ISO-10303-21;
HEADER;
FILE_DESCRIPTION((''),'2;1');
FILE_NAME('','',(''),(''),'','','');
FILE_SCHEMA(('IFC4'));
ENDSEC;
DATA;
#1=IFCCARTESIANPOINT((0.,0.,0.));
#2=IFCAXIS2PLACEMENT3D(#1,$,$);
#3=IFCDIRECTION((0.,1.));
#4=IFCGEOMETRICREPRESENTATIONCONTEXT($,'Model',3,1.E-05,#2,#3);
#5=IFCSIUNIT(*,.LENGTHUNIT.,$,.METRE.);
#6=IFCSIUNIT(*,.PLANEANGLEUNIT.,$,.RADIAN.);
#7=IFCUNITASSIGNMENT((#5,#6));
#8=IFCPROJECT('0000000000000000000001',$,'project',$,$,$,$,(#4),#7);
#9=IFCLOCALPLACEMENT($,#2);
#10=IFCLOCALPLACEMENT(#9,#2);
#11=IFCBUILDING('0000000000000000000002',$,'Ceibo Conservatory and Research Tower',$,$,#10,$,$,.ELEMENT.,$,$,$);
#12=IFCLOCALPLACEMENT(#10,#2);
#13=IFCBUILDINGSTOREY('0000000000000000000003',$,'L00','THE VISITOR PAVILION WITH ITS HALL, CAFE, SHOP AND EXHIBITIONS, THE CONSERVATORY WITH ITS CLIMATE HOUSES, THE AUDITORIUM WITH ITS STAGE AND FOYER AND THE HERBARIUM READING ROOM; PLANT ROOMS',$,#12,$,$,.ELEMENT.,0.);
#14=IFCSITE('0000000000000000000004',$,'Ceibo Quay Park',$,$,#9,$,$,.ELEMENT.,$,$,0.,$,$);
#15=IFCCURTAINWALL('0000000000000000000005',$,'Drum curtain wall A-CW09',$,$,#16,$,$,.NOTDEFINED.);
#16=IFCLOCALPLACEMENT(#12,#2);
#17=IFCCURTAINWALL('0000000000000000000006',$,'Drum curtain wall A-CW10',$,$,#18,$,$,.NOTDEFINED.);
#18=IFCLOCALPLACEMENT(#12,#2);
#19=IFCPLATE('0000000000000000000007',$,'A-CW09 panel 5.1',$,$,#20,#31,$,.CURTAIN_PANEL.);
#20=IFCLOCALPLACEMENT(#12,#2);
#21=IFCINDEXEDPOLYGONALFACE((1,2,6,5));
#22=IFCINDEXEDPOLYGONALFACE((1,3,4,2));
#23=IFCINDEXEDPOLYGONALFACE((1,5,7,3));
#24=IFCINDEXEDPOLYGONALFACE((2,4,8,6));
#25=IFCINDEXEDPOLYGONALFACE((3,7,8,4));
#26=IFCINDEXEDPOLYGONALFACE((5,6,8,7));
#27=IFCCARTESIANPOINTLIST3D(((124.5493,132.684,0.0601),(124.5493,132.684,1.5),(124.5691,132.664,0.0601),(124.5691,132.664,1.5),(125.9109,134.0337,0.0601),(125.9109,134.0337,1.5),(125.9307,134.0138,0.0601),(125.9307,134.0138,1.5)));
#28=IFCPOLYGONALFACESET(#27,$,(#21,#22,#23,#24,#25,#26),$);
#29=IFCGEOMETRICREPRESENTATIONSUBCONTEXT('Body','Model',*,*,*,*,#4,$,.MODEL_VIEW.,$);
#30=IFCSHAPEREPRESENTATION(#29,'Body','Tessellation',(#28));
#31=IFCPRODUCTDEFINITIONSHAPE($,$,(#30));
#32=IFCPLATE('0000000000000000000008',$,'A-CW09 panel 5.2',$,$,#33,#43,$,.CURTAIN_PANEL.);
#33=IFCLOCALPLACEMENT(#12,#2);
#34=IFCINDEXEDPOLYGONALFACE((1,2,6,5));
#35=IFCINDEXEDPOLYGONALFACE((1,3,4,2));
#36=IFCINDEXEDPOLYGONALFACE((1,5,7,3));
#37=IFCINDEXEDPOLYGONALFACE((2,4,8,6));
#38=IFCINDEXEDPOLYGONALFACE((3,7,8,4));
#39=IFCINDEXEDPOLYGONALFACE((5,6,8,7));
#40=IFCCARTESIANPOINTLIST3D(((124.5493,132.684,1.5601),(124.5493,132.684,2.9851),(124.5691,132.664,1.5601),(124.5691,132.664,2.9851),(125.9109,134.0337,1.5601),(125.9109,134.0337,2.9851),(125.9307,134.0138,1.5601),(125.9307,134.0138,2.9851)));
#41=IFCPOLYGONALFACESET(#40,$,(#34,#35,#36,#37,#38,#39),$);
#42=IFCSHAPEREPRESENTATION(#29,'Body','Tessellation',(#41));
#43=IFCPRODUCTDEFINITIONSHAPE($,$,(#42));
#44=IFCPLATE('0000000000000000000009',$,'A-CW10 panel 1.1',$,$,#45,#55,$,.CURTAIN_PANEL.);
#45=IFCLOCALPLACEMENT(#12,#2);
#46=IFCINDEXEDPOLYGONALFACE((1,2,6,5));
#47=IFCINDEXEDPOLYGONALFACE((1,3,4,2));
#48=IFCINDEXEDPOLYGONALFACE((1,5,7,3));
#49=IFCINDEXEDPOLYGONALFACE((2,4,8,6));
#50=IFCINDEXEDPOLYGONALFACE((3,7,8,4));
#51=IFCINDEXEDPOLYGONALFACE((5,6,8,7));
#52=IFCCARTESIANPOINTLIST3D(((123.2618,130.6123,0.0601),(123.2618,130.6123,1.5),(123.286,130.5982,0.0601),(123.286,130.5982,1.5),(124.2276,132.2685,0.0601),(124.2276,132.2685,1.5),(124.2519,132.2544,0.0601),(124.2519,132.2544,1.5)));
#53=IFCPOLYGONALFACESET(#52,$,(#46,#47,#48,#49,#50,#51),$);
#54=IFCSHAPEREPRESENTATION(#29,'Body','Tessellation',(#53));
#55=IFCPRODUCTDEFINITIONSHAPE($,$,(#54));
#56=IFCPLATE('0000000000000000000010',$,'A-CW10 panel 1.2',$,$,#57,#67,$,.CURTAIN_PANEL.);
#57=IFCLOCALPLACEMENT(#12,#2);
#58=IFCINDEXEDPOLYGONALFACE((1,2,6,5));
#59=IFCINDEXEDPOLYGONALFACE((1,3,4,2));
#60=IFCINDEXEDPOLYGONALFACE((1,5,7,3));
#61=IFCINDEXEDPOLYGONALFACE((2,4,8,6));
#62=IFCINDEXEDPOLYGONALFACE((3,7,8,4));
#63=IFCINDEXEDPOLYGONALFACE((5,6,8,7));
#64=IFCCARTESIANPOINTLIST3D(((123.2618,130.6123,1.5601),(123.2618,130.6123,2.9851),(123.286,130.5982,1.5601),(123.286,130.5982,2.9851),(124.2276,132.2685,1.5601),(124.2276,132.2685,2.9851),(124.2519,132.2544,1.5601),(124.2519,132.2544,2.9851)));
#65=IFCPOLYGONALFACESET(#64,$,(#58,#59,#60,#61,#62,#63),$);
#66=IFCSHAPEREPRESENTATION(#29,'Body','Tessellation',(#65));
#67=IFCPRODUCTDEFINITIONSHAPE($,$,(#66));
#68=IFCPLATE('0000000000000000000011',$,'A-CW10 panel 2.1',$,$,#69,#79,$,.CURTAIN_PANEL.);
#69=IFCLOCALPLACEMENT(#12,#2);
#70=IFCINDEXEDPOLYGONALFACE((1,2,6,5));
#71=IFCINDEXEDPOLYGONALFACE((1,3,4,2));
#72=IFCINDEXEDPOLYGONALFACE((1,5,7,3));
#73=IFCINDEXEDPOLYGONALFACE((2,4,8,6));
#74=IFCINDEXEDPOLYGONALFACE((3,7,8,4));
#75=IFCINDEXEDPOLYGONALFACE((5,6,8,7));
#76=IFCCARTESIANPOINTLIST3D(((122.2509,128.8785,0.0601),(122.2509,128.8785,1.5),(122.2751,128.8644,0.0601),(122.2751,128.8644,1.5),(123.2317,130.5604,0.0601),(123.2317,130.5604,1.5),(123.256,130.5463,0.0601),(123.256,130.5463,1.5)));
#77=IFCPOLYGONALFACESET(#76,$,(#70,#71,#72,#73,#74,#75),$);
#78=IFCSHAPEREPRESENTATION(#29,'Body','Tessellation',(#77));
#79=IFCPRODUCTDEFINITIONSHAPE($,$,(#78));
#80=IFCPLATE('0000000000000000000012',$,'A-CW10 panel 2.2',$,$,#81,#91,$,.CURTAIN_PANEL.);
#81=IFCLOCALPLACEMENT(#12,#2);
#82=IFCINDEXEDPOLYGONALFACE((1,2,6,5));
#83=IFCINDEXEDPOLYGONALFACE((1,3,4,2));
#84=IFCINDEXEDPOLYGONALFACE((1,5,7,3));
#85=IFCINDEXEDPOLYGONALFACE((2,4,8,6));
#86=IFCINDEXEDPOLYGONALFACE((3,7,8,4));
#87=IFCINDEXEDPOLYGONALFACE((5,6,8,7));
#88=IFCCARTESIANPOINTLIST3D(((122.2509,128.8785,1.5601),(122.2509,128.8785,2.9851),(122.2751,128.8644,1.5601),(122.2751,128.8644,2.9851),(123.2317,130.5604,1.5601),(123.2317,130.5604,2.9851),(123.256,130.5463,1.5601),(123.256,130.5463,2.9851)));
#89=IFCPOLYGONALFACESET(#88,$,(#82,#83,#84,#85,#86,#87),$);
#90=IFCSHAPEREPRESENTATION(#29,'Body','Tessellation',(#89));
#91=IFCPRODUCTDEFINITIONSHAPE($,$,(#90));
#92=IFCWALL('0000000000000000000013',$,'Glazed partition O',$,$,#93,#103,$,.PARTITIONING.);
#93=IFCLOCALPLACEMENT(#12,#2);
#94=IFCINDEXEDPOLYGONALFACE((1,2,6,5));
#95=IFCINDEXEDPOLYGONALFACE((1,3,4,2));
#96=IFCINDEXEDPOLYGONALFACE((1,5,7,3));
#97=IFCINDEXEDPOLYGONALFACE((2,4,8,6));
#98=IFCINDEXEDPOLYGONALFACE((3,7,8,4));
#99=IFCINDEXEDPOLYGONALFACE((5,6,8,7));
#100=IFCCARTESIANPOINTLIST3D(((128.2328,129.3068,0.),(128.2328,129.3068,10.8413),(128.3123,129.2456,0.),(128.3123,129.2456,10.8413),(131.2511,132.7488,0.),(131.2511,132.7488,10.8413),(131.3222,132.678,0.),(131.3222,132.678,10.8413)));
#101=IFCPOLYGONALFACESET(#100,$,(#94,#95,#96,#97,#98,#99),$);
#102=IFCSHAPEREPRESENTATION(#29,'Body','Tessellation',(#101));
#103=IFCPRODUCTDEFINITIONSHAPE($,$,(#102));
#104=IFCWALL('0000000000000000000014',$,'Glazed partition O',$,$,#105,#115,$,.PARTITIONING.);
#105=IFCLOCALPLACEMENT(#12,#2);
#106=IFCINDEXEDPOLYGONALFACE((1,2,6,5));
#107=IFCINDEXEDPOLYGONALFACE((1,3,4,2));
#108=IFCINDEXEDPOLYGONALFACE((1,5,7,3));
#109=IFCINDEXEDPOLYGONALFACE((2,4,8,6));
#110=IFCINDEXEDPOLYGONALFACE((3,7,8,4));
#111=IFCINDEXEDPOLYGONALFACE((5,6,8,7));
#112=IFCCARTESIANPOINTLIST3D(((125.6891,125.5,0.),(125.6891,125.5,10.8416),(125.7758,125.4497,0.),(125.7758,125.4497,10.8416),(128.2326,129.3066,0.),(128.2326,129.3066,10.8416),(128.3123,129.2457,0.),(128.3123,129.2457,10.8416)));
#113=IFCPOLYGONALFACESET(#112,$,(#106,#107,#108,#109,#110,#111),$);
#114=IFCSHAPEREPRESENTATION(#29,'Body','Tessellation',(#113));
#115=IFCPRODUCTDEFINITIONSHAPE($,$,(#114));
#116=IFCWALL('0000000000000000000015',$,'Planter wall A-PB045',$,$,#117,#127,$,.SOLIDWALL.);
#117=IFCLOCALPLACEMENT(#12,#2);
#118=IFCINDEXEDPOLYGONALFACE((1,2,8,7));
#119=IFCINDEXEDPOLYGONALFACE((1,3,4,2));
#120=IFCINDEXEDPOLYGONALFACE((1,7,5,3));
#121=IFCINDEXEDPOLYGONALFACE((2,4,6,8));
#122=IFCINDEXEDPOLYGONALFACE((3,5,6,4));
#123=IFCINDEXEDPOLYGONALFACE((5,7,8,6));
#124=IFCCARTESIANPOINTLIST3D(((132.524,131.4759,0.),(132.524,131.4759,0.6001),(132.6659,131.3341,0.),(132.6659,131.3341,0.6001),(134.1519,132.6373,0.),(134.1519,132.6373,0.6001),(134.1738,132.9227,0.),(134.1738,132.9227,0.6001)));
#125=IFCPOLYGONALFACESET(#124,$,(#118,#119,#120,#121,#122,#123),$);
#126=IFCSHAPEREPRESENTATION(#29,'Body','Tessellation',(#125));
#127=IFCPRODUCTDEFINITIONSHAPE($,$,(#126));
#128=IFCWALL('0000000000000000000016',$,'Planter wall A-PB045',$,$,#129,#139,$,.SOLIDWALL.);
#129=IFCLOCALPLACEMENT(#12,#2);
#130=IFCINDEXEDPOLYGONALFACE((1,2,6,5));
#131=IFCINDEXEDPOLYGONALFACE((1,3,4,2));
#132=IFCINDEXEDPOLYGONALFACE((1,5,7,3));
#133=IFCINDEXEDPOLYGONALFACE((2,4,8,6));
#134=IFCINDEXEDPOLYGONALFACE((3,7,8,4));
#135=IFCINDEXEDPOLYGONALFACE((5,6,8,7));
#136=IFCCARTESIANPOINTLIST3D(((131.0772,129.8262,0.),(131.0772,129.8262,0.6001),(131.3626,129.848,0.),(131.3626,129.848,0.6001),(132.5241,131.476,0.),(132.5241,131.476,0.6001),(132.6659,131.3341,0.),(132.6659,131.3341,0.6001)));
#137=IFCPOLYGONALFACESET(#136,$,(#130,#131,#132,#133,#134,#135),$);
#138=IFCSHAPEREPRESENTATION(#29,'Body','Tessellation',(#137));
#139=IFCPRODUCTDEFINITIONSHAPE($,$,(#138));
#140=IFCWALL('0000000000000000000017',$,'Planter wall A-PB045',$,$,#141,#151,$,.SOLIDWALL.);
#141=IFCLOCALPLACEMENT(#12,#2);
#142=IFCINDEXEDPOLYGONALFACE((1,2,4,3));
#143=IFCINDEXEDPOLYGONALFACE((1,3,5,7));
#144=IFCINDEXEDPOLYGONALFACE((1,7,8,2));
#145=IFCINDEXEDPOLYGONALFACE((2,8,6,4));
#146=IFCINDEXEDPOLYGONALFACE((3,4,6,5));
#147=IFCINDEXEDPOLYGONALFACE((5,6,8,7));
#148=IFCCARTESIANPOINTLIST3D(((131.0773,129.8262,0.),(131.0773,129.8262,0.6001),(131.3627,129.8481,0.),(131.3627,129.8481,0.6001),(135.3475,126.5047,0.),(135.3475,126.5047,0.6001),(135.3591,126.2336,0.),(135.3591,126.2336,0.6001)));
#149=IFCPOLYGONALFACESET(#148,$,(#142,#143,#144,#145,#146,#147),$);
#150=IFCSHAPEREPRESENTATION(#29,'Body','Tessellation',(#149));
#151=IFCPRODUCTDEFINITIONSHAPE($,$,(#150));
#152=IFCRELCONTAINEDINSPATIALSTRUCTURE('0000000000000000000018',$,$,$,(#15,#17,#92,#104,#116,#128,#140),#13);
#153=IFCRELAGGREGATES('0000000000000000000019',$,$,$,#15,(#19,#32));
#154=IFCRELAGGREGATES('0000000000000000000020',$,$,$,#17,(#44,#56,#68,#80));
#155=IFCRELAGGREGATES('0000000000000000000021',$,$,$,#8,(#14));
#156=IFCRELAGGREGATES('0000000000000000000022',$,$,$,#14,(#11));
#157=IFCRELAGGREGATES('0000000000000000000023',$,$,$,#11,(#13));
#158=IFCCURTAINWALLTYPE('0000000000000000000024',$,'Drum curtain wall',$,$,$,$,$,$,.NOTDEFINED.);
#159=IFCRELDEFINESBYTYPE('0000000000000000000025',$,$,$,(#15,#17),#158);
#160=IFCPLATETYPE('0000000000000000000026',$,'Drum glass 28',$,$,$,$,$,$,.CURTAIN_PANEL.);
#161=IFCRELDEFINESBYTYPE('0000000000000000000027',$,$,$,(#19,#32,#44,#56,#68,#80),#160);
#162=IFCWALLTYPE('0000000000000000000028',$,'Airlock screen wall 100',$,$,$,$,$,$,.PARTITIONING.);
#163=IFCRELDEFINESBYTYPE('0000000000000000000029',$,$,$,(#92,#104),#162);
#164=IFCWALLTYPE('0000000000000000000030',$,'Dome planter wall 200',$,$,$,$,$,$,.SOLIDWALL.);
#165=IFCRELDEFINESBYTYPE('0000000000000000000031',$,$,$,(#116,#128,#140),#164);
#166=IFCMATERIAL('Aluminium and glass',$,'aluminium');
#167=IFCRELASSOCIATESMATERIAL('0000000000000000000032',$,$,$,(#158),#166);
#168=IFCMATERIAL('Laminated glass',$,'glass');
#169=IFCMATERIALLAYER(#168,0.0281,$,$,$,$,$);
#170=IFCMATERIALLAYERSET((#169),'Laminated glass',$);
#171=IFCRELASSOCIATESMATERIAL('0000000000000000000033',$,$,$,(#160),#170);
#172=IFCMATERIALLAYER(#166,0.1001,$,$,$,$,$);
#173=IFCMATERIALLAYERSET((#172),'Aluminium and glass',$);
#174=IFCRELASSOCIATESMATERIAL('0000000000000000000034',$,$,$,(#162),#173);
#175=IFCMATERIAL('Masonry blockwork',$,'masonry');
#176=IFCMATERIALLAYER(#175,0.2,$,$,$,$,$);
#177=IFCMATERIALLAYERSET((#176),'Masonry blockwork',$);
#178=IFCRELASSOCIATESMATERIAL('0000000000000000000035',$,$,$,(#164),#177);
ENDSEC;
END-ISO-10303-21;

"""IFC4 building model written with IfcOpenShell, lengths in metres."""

from ifc_helpers import new_model, si_unit, direction, frame, origin, origin_2d, place, context, subcontext, project, spatial, polyline, rectangle, outline, extrude, material, layer, layer_set, type_object, element, aggregate, save


model = new_model("IFC4")

# Units and contexts
model_context = context("Model", 3, precision=1e-05, world=origin(), true_north=direction((0.0, 1.0)))
body_context = subcontext(model_context, "Body", "Model", "MODEL_VIEW")
ifc_project = project(units=[si_unit("LENGTHUNIT", "METRE"), si_unit("PLANEANGLEUNIT", "RADIAN")], contexts=[model_context])

# Site, building, storey
site_placement = place(None, origin())
site = spatial("IfcSite", under=ifc_project, at=site_placement, Name="Ceibo Quay Park", CompositionType="ELEMENT", RefElevation=0.0)
building_placement = place(site_placement, origin())
building = spatial("IfcBuilding", under=site, at=building_placement, Name="Ceibo Conservatory and Research Tower", CompositionType="ELEMENT")
storey_placement = place(building_placement, origin())
storey = spatial("IfcBuildingStorey", under=building, at=storey_placement, Name="L00", Description="THE VISITOR PAVILION WITH ITS HALL, CAFE, SHOP AND EXHIBITIONS, THE CONSERVATORY WITH ITS CLIMATE HOUSES, THE AUDITORIUM WITH ITS STAGE AND FOYER AND THE HERBARIUM READING ROOM; PLANT ROOMS", CompositionType="ELEMENT", Elevation=0.0)

# Curtain walls
ifc_material_1 = material(Name="Aluminium and glass", Category="aluminium")
curtain_wall_type = type_object("IfcCurtainWallType", Name="Drum curtain wall", PredefinedType="NOTDEFINED", material=ifc_material_1)
curtain_wall_1_placement = place(storey_placement, origin())
curtain_wall_1 = element("IfcCurtainWall", 1, at=curtain_wall_1_placement, inside=storey, type_object=curtain_wall_type, Name="Drum curtain wall A-CW09", PredefinedType="NOTDEFINED")
curtain_wall_2_placement = place(storey_placement, origin())
curtain_wall_2 = element("IfcCurtainWall", 2, at=curtain_wall_2_placement, inside=storey, type_object=curtain_wall_type, Name="Drum curtain wall A-CW10", PredefinedType="NOTDEFINED")

# Plates
ifc_material_2 = material(Name="Laminated glass", Category="glass")
ifc_layer_1 = layer(ifc_material_2, 0.0281)
ifc_layer_set_1 = layer_set([ifc_layer_1], Name="Laminated glass")
plate_type = type_object("IfcPlateType", Name="Drum glass 28", PredefinedType="CURTAIN_PANEL", material=ifc_layer_set_1)
plate_1_placement = place(storey_placement, frame((125.24, 133.3489, 0.0601), z_axis=(0.0, 0.0, 1.0), x_axis=(-0.710185, -0.704015, 0.0)))
plate_1 = element("IfcPlate", 3, at=plate_1_placement, type_object=plate_type, Name="A-CW09 panel 5.1", PredefinedType="CURTAIN_PANEL", context=body_context, shape_type="SweptSolid", body=[
    extrude(rectangle(XDim=1.9172, YDim=0.0281, at=origin_2d()), origin(), (0.0, 0.0, 1.0), 1.4399),
])
plate_2_placement = place(storey_placement, frame((125.24, 133.3489, 1.5601), z_axis=(0.0, 0.0, 1.0), x_axis=(-0.710185, -0.704015, 0.0)))
plate_2 = element("IfcPlate", 4, at=plate_2_placement, type_object=plate_type, Name="A-CW09 panel 5.2", PredefinedType="CURTAIN_PANEL", context=body_context, shape_type="SweptSolid", body=[
    extrude(rectangle(XDim=1.9172, YDim=0.0281, at=origin_2d()), origin(), (0.0, 0.0, 1.0), 1.425),
])
aggregate(curtain_wall_1, [plate_1, plate_2])
plate_3_placement = place(storey_placement, frame((123.7568, 131.4333, 0.0601), z_axis=(0.0, 0.0, 1.0), x_axis=(-0.503774, -0.863836, 0.0)))
plate_3 = element("IfcPlate", 5, at=plate_3_placement, type_object=plate_type, Name="A-CW10 panel 1.1", PredefinedType="CURTAIN_PANEL", context=body_context, shape_type="SweptSolid", body=[
    extrude(rectangle(XDim=1.9172, YDim=0.0281, at=origin_2d()), origin(), (0.0, 0.0, 1.0), 1.4399),
])
plate_4_placement = place(storey_placement, frame((123.7568, 131.4333, 1.5601), z_axis=(0.0, 0.0, 1.0), x_axis=(-0.503774, -0.863836, 0.0)))
plate_4 = element("IfcPlate", 6, at=plate_4_placement, type_object=plate_type, Name="A-CW10 panel 1.2", PredefinedType="CURTAIN_PANEL", context=body_context, shape_type="SweptSolid", body=[
    extrude(rectangle(XDim=1.9172, YDim=0.0281, at=origin_2d()), origin(), (0.0, 0.0, 1.0), 1.425),
])
plate_5_placement = place(storey_placement, frame((122.7534, 129.7124, 0.0601), z_axis=(0.0, 0.0, 1.0), x_axis=(-0.503774, -0.863836, 0.0)))
plate_5 = element("IfcPlate", 7, at=plate_5_placement, type_object=plate_type, Name="A-CW10 panel 2.1", PredefinedType="CURTAIN_PANEL", context=body_context, shape_type="SweptSolid", body=[
    extrude(rectangle(XDim=1.947, YDim=0.0281, at=origin_2d()), origin(), (0.0, 0.0, 1.0), 1.4399),
])
plate_6_placement = place(storey_placement, frame((122.7534, 129.7124, 1.5601), z_axis=(0.0, 0.0, 1.0), x_axis=(-0.503774, -0.863836, 0.0)))
plate_6 = element("IfcPlate", 8, at=plate_6_placement, type_object=plate_type, Name="A-CW10 panel 2.2", PredefinedType="CURTAIN_PANEL", context=body_context, shape_type="SweptSolid", body=[
    extrude(rectangle(XDim=1.947, YDim=0.0281, at=origin_2d()), origin(), (0.0, 0.0, 1.0), 1.425),
])
aggregate(curtain_wall_2, [plate_3, plate_4, plate_5, plate_6])

# Walls
ifc_layer_2 = layer(ifc_material_1, 0.1001)
ifc_layer_set_2 = layer_set([ifc_layer_2], Name="Aluminium and glass")
wall_type_1 = type_object("IfcWallType", Name="Airlock screen wall 100", PredefinedType="PARTITIONING", material=ifc_layer_set_2)
wall_1_placement = place(storey_placement, frame((131.2866, 132.7134, 0.0), z_axis=(0.0, 0.0, 1.0), x_axis=(-0.659317, -0.751865, 0.0)))
element("IfcWall", 9, at=wall_1_placement, inside=storey, type_object=wall_type_1, Name="Glazed partition O", PredefinedType="PARTITIONING", context=body_context, shape_type="SweptSolid", body=[
    extrude(outline(polyline([(-0.0032, -0.05), (4.5747, -0.05), (4.5684, 0.05), (0.0032, 0.05), (-0.0032, -0.05)])), origin(), (0.0, 0.0, 1.0), 10.8413),
])
wall_2_placement = place(storey_placement, frame((128.2725, 129.2761, 0.0), z_axis=(0.0, 0.0, 1.0), x_axis=(-0.555587, -0.831458, 0.0)))
element("IfcWall", 10, at=wall_2_placement, inside=storey, type_object=wall_type_1, Name="Glazed partition O", PredefinedType="PARTITIONING", context=body_context, shape_type="SweptSolid", body=[
    extrude(outline(polyline([(-0.0032, -0.05), (4.575, -0.05), (4.5686, 0.05), (0.0032, 0.05), (-0.0032, -0.05)])), origin(), (0.0, 0.0, 1.0), 10.8416),
])
ifc_material_3 = material(Name="Masonry blockwork", Category="masonry")
ifc_layer_3 = layer(ifc_material_3, 0.2)
ifc_layer_set_3 = layer_set([ifc_layer_3], Name="Masonry blockwork")
wall_type_2 = type_object("IfcWallType", Name="Dome planter wall 200", PredefinedType="SOLIDWALL", material=ifc_layer_set_3)
wall_3_placement = place(storey_placement, frame((134.1628, 132.78, 0.0), z_axis=(0.0, 0.0, 1.0), x_axis=(-0.751836, -0.65935, 0.0)))
element("IfcWall", 11, at=wall_3_placement, inside=storey, type_object=wall_type_2, Name="Planter wall A-PB045", PredefinedType="SOLIDWALL", context=body_context, shape_type="SweptSolid", body=[
    extrude(outline(polyline([(-0.1023, -0.1001), (2.092, -0.1001), (2.0789, 0.1001), (0.1023, 0.1001), (-0.1023, -0.1001)])), origin(), (0.0, 0.0, 1.0), 0.6001),
])
wall_4_placement = place(storey_placement, frame((132.595, 131.405, 0.0), z_axis=(0.0, 0.0, 1.0), x_axis=(-0.65935, -0.751836, 0.0)))
element("IfcWall", 12, at=wall_4_placement, inside=storey, type_object=wall_type_2, Name="Planter wall A-PB045", PredefinedType="SOLIDWALL", context=body_context, shape_type="SweptSolid", body=[
    extrude(outline(polyline([(-0.0066, -0.1001), (2.1877, -0.1001), (1.9832, 0.1001), (0.0066, 0.1001), (-0.0066, -0.1001)])), origin(), (0.0, 0.0, 1.0), 0.6001),
])
wall_5_placement = place(storey_placement, frame((131.22, 129.8372, 0.0), z_axis=(0.0, 0.0, 1.0), x_axis=(0.766066, -0.642762, 0.0)))
element("IfcWall", 13, at=wall_5_placement, inside=storey, type_object=wall_type_2, Name="Planter wall A-PB045", PredefinedType="SOLIDWALL", context=body_context, shape_type="SweptSolid", body=[
    extrude(outline(polyline([(-0.1023, -0.1001), (5.4871, -0.1001), (5.304, 0.1001), (0.1023, 0.1001), (-0.1023, -0.1001)])), origin(), (0.0, 0.0, 1.0), 0.6001),
])

save(model, "model.ifc")
